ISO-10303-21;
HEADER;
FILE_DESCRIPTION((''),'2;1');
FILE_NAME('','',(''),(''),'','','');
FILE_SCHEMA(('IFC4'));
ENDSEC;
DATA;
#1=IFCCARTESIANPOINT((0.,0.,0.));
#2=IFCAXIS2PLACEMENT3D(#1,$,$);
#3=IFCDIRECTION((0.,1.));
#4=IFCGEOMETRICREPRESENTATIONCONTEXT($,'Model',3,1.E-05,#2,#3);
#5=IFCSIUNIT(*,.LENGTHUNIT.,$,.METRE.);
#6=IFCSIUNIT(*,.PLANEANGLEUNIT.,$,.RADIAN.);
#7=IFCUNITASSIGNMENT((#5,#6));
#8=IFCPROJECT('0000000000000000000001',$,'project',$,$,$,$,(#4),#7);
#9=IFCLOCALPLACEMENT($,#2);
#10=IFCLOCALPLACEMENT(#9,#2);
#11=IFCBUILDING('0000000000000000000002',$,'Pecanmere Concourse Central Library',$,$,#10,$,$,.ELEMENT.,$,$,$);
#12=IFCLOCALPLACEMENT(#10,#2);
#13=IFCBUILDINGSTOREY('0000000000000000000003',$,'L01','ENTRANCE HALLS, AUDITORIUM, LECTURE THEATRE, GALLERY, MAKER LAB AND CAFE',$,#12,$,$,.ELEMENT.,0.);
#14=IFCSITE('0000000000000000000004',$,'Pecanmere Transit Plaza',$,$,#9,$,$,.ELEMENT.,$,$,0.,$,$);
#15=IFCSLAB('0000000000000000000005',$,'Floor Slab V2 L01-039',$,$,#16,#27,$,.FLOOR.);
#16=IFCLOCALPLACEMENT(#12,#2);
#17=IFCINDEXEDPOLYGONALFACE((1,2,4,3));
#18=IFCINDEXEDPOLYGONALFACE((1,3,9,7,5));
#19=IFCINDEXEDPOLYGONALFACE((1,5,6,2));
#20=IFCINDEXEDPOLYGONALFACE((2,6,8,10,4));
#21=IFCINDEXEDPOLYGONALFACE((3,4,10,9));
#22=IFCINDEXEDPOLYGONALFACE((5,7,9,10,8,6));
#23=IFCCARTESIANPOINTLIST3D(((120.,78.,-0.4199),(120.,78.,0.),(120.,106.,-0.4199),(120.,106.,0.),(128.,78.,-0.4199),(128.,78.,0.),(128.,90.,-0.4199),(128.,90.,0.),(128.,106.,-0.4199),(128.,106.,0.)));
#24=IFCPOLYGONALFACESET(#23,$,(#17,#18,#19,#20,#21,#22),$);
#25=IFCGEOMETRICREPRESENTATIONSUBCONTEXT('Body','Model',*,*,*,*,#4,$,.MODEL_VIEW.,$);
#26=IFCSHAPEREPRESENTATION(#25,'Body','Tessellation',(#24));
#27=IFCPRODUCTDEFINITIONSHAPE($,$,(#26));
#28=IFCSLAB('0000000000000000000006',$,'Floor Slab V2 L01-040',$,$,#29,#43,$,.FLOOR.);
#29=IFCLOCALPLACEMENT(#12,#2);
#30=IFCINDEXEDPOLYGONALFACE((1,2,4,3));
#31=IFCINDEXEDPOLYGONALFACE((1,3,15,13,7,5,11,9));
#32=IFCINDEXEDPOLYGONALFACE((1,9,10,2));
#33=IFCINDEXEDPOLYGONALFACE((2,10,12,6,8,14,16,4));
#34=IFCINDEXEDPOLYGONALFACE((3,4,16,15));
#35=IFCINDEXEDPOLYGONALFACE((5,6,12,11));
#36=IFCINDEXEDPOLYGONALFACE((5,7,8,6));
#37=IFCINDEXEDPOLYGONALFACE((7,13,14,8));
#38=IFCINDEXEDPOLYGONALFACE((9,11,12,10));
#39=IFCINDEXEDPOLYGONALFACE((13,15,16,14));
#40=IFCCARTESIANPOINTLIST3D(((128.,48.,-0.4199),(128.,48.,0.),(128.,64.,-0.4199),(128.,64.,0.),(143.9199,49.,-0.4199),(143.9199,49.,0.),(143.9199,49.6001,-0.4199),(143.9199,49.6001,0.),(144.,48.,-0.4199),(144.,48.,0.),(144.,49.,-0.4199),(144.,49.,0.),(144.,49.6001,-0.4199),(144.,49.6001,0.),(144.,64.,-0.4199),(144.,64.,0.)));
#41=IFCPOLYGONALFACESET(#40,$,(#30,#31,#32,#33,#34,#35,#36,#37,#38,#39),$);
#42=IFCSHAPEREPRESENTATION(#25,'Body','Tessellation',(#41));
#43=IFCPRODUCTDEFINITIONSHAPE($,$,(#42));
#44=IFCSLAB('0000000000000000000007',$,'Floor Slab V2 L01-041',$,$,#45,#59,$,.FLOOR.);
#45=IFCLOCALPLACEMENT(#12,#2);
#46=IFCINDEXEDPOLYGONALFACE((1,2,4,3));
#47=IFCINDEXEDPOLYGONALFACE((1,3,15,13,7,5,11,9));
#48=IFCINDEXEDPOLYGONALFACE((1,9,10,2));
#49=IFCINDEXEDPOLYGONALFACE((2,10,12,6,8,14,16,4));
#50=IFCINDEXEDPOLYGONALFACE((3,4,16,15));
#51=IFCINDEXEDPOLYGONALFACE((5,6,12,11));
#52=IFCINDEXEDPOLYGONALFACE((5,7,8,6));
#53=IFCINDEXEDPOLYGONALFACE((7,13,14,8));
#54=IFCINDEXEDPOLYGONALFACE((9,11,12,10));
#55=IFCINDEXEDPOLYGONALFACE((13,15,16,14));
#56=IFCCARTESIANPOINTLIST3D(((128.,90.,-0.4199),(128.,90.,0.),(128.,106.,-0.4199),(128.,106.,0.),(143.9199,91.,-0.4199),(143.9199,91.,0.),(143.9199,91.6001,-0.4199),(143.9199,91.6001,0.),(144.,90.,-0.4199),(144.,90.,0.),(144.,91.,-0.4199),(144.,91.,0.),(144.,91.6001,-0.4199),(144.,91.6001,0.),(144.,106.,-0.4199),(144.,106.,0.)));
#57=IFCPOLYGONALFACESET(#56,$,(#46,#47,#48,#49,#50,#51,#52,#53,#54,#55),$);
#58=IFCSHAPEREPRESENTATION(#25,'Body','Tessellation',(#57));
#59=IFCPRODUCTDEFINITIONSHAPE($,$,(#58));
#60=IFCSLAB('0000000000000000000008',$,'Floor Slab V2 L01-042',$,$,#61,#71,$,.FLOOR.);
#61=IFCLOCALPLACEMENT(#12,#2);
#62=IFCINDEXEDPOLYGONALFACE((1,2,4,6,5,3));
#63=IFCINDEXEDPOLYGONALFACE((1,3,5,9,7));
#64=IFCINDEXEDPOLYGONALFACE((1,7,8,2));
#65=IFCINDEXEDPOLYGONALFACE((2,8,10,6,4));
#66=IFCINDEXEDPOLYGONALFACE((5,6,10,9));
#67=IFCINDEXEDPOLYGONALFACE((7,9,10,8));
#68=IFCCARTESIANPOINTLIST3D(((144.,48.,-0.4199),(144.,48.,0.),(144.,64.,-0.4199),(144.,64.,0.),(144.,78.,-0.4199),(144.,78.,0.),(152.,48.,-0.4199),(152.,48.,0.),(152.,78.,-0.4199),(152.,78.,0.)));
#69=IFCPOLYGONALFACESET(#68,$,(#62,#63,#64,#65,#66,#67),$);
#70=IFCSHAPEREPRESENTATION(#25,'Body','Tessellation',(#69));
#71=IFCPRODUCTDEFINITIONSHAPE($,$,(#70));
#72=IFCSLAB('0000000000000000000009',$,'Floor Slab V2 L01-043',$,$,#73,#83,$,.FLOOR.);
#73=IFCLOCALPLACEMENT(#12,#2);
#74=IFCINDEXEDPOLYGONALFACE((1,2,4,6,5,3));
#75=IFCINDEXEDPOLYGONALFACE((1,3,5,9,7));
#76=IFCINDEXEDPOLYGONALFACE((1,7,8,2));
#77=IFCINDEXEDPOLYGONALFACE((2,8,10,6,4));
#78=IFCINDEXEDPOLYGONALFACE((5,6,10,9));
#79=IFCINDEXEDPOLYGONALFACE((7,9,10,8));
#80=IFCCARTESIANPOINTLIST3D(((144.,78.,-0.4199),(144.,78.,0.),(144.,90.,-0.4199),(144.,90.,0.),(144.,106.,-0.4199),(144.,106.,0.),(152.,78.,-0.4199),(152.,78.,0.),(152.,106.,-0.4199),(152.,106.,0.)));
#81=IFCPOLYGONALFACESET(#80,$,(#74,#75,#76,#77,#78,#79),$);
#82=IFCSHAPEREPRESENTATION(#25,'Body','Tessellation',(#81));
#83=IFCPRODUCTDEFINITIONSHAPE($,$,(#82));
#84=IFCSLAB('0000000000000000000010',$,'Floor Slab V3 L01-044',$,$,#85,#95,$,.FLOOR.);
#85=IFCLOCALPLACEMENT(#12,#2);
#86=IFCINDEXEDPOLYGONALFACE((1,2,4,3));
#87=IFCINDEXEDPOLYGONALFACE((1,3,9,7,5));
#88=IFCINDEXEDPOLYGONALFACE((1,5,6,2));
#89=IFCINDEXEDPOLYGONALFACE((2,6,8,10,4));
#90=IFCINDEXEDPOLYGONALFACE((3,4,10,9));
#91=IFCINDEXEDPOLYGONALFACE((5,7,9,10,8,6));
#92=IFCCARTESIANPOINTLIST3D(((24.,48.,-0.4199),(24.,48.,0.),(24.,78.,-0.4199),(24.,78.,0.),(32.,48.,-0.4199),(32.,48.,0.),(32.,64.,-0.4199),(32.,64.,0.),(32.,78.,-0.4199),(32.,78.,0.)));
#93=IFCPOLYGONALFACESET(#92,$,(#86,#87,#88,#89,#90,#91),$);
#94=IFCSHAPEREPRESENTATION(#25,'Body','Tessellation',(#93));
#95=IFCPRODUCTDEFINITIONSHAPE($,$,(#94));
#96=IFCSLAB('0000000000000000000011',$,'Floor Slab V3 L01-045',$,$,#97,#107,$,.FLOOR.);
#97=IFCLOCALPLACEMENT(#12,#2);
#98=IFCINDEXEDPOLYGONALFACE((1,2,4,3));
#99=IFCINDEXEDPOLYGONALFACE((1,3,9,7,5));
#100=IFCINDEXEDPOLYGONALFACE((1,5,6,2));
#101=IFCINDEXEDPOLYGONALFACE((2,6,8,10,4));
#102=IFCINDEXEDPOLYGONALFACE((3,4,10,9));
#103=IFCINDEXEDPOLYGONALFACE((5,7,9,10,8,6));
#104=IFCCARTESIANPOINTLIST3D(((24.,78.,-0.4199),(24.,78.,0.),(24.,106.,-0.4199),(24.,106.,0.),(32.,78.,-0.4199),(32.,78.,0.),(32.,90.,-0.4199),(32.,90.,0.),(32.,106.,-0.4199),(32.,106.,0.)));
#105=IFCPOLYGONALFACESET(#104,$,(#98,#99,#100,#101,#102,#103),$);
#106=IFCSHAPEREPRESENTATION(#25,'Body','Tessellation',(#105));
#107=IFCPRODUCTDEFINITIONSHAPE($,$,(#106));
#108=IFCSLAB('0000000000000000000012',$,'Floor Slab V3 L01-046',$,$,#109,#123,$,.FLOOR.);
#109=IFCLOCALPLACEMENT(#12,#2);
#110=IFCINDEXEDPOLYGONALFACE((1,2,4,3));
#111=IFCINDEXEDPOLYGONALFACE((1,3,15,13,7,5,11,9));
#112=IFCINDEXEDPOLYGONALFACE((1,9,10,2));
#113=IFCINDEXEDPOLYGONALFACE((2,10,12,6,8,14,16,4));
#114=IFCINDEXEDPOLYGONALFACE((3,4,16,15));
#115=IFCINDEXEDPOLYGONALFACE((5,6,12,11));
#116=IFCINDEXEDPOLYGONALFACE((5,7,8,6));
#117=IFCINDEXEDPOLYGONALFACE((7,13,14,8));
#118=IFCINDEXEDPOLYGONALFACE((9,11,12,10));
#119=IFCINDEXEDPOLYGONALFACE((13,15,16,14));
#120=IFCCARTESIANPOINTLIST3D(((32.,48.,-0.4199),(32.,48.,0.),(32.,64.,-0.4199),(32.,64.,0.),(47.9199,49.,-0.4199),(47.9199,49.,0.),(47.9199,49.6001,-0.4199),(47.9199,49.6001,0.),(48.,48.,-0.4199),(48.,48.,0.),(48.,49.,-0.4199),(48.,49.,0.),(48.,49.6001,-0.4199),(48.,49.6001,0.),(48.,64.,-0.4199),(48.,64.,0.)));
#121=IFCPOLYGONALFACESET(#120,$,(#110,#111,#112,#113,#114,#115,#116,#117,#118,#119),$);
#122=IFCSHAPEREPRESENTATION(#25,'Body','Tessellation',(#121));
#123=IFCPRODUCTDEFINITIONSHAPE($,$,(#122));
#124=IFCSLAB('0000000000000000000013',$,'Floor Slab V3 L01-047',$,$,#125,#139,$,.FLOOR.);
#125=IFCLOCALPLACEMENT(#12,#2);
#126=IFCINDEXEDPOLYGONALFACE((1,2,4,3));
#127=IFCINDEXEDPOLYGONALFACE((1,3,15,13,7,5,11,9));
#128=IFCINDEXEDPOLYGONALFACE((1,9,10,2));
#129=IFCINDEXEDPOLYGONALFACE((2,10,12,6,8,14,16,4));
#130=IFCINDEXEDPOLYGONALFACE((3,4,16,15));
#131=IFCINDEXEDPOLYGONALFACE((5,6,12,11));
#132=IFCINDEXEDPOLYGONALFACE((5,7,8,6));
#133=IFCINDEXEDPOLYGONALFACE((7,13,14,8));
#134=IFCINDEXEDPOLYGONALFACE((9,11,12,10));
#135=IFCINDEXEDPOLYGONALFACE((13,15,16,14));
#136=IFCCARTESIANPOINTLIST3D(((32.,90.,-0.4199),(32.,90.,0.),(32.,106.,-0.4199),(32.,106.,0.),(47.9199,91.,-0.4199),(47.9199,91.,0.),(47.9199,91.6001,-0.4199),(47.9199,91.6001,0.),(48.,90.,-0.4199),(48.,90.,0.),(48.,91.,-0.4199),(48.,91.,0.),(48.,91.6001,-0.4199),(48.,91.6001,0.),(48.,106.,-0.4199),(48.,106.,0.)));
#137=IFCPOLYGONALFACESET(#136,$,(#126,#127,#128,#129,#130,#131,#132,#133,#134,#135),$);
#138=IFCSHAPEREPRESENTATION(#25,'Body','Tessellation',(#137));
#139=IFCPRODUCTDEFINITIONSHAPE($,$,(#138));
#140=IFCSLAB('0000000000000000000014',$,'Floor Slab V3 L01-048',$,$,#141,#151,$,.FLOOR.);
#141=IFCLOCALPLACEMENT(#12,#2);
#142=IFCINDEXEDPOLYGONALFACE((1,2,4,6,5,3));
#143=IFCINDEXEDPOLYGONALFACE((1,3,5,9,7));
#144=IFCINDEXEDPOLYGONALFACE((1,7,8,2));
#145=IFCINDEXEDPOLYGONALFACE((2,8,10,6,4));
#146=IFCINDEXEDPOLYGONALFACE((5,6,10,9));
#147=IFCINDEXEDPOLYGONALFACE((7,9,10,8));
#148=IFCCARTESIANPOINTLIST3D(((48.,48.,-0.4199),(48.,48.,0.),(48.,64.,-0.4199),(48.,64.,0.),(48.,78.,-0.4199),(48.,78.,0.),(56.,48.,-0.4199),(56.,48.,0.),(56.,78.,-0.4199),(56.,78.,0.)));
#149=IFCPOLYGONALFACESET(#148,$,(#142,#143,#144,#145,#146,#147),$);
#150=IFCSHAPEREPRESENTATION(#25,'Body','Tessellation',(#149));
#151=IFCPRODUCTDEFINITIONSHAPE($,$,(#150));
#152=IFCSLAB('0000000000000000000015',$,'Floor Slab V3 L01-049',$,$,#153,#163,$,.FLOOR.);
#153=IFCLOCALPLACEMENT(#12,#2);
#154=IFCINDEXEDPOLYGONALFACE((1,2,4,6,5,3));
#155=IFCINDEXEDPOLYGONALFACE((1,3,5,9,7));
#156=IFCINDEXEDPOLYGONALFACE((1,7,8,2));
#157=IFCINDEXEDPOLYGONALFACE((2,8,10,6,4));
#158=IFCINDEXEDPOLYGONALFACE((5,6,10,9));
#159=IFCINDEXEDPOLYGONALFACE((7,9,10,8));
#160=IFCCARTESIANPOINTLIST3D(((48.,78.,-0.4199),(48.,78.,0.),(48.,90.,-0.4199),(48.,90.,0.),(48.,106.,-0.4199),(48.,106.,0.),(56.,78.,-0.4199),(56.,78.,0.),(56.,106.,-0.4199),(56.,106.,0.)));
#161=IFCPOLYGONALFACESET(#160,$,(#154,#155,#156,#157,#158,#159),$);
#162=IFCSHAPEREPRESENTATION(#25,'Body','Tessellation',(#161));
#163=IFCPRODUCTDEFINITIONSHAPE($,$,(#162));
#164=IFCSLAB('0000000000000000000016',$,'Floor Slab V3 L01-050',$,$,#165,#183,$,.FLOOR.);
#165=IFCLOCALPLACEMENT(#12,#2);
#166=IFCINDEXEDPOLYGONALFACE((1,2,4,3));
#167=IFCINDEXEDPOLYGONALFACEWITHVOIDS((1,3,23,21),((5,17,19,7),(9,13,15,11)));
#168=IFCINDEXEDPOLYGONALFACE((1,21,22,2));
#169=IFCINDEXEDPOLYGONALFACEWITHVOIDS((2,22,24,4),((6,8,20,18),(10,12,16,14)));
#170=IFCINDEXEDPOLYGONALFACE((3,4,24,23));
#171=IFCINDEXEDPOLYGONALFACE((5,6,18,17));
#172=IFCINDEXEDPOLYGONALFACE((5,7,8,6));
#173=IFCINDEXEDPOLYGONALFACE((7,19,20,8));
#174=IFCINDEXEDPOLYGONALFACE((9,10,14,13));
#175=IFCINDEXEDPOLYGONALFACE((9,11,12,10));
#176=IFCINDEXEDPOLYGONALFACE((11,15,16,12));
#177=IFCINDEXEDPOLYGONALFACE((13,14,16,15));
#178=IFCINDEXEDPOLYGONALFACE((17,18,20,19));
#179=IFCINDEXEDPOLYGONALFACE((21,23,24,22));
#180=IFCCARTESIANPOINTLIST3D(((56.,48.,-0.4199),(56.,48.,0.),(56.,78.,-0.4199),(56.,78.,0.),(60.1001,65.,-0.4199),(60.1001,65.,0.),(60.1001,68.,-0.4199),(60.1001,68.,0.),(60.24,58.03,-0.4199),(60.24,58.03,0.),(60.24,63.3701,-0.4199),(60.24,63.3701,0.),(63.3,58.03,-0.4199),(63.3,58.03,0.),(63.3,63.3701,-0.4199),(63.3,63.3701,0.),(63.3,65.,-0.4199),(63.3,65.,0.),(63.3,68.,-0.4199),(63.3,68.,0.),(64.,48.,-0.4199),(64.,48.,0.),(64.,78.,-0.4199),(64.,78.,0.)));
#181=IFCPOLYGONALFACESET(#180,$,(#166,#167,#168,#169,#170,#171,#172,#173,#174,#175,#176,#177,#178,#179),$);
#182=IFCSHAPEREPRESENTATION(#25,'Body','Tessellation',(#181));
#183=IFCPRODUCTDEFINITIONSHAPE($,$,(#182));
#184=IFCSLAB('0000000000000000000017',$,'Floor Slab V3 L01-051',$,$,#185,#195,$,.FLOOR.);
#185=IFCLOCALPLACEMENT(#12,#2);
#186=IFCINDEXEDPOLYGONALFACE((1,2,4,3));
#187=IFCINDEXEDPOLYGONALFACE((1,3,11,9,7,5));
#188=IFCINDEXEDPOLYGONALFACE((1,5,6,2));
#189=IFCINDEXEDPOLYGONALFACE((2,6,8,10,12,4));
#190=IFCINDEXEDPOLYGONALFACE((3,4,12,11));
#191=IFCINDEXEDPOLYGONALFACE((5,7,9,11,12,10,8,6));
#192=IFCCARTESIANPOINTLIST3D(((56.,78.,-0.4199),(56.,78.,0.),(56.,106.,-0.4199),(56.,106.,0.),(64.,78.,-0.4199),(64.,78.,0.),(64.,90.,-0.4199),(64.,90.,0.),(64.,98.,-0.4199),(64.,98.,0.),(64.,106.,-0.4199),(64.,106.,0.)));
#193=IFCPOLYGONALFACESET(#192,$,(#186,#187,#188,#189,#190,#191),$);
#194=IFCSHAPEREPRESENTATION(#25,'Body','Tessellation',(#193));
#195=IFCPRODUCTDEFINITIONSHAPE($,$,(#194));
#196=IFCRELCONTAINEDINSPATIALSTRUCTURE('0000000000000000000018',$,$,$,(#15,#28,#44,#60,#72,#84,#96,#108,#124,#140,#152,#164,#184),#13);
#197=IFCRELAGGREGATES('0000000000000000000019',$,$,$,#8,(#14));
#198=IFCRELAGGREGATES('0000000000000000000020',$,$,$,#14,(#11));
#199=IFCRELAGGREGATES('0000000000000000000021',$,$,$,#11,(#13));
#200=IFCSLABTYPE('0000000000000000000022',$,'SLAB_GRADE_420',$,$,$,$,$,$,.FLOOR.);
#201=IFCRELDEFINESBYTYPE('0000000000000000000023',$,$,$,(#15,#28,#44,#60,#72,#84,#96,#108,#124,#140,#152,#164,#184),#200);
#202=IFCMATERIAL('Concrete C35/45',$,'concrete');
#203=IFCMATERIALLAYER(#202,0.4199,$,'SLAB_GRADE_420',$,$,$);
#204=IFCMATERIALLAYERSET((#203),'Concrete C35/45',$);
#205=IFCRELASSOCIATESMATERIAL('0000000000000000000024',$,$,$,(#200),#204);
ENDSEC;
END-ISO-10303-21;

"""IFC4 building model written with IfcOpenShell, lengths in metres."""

from ifc_helpers import new_model, si_unit, direction, frame, origin, place, context, subcontext, project, spatial, polyline, outline, extrude, material, layer, layer_set, type_object, element, save


model = new_model("IFC4")

# Units and contexts
model_context = context("Model", 3, precision=1e-05, world=origin(), true_north=direction((0.0, 1.0)))
body_context = subcontext(model_context, "Body", "Model", "MODEL_VIEW")
ifc_project = project(units=[si_unit("LENGTHUNIT", "METRE"), si_unit("PLANEANGLEUNIT", "RADIAN")], contexts=[model_context])

# Site, building, storey
site_placement = place(None, origin())
site = spatial("IfcSite", under=ifc_project, at=site_placement, Name="Pecanmere Transit Plaza", CompositionType="ELEMENT", RefElevation=0.0)
building_placement = place(site_placement, origin())
building = spatial("IfcBuilding", under=site, at=building_placement, Name="Pecanmere Concourse Central Library", CompositionType="ELEMENT")
storey_placement = place(building_placement, origin())
storey = spatial("IfcBuildingStorey", under=building, at=storey_placement, Name="L01", Description="ENTRANCE HALLS, AUDITORIUM, LECTURE THEATRE, GALLERY, MAKER LAB AND CAFE", CompositionType="ELEMENT", Elevation=0.0)

# Slabs
ifc_material_1 = material(Name="Concrete C35/45", Category="concrete")
ifc_layer = layer(ifc_material_1, 0.4199, Name="SLAB_GRADE_420")
ifc_layer_set = layer_set([ifc_layer], Name="Concrete C35/45")
slab_type = type_object("IfcSlabType", Name="SLAB_GRADE_420", PredefinedType="FLOOR", material=ifc_layer_set)
slab_1_placement = place(storey_placement, frame((0.0, 0.0, -0.4199)))
element("IfcSlab", 1, at=slab_1_placement, inside=storey, type_object=slab_type, Name="Floor Slab V2 L01-039", PredefinedType="FLOOR", context=body_context, shape_type="SweptSolid", body=[
    extrude(outline(polyline([(128.0, 78.0), (120.0, 78.0), (120.0, 106.0), (128.0, 106.0), (128.0, 90.0), (128.0, 78.0)])), origin(), (0.0, 0.0, 1.0), 0.4199),
])
slab_2_placement = place(storey_placement, frame((0.0, 0.0, -0.4199)))
element("IfcSlab", 2, at=slab_2_placement, inside=storey, type_object=slab_type, Name="Floor Slab V2 L01-040", PredefinedType="FLOOR", context=body_context, shape_type="SweptSolid", body=[
    extrude(outline(polyline([(128.0, 48.0), (128.0, 64.0), (144.0, 64.0), (144.0, 49.6001), (143.9199, 49.6001), (143.9199, 49.0), (144.0, 49.0), (144.0, 48.0), (128.0, 48.0)])), origin(), (0.0, 0.0, 1.0), 0.4199),
])
slab_3_placement = place(storey_placement, frame((0.0, 0.0, -0.4199)))
element("IfcSlab", 3, at=slab_3_placement, inside=storey, type_object=slab_type, Name="Floor Slab V2 L01-041", PredefinedType="FLOOR", context=body_context, shape_type="SweptSolid", body=[
    extrude(outline(polyline([(144.0, 106.0), (144.0, 91.6001), (143.9199, 91.6001), (143.9199, 91.0), (144.0, 91.0), (144.0, 90.0), (128.0, 90.0), (128.0, 106.0), (144.0, 106.0)])), origin(), (0.0, 0.0, 1.0), 0.4199),
])
slab_4_placement = place(storey_placement, frame((0.0, 0.0, -0.4199)))
element("IfcSlab", 4, at=slab_4_placement, inside=storey, type_object=slab_type, Name="Floor Slab V2 L01-042", PredefinedType="FLOOR", context=body_context, shape_type="SweptSolid", body=[
    extrude(outline(polyline([(144.0, 48.0), (144.0, 64.0), (144.0, 78.0), (152.0, 78.0), (152.0, 48.0), (144.0, 48.0)])), origin(), (0.0, 0.0, 1.0), 0.4199),
])
slab_5_placement = place(storey_placement, frame((0.0, 0.0, -0.4199)))
element("IfcSlab", 5, at=slab_5_placement, inside=storey, type_object=slab_type, Name="Floor Slab V2 L01-043", PredefinedType="FLOOR", context=body_context, shape_type="SweptSolid", body=[
    extrude(outline(polyline([(144.0, 78.0), (144.0, 90.0), (144.0, 106.0), (152.0, 106.0), (152.0, 78.0), (144.0, 78.0)])), origin(), (0.0, 0.0, 1.0), 0.4199),
])
slab_6_placement = place(storey_placement, frame((0.0, 0.0, -0.4199)))
element("IfcSlab", 6, at=slab_6_placement, inside=storey, type_object=slab_type, Name="Floor Slab V3 L01-044", PredefinedType="FLOOR", context=body_context, shape_type="SweptSolid", body=[
    extrude(outline(polyline([(32.0, 48.0), (24.0, 48.0), (24.0, 78.0), (32.0, 78.0), (32.0, 64.0), (32.0, 48.0)])), origin(), (0.0, 0.0, 1.0), 0.4199),
])
slab_7_placement = place(storey_placement, frame((0.0, 0.0, -0.4199)))
element("IfcSlab", 7, at=slab_7_placement, inside=storey, type_object=slab_type, Name="Floor Slab V3 L01-045", PredefinedType="FLOOR", context=body_context, shape_type="SweptSolid", body=[
    extrude(outline(polyline([(32.0, 90.0), (32.0, 78.0), (24.0, 78.0), (24.0, 106.0), (32.0, 106.0), (32.0, 90.0)])), origin(), (0.0, 0.0, 1.0), 0.4199),
])
slab_8_placement = place(storey_placement, frame((0.0, 0.0, -0.4199)))
element("IfcSlab", 8, at=slab_8_placement, inside=storey, type_object=slab_type, Name="Floor Slab V3 L01-046", PredefinedType="FLOOR", context=body_context, shape_type="SweptSolid", body=[
    extrude(outline(polyline([(32.0, 48.0), (32.0, 64.0), (48.0, 64.0), (48.0, 49.6001), (47.9199, 49.6001), (47.9199, 49.0), (48.0, 49.0), (48.0, 48.0), (32.0, 48.0)])), origin(), (0.0, 0.0, 1.0), 0.4199),
])
slab_9_placement = place(storey_placement, frame((0.0, 0.0, -0.4199)))
element("IfcSlab", 9, at=slab_9_placement, inside=storey, type_object=slab_type, Name="Floor Slab V3 L01-047", PredefinedType="FLOOR", context=body_context, shape_type="SweptSolid", body=[
    extrude(outline(polyline([(48.0, 106.0), (48.0, 91.6001), (47.9199, 91.6001), (47.9199, 91.0), (48.0, 91.0), (48.0, 90.0), (32.0, 90.0), (32.0, 106.0), (48.0, 106.0)])), origin(), (0.0, 0.0, 1.0), 0.4199),
])
slab_10_placement = place(storey_placement, frame((0.0, 0.0, -0.4199)))
element("IfcSlab", 10, at=slab_10_placement, inside=storey, type_object=slab_type, Name="Floor Slab V3 L01-048", PredefinedType="FLOOR", context=body_context, shape_type="SweptSolid", body=[
    extrude(outline(polyline([(48.0, 48.0), (48.0, 64.0), (48.0, 78.0), (56.0, 78.0), (56.0, 48.0), (48.0, 48.0)])), origin(), (0.0, 0.0, 1.0), 0.4199),
])
slab_11_placement = place(storey_placement, frame((0.0, 0.0, -0.4199)))
element("IfcSlab", 11, at=slab_11_placement, inside=storey, type_object=slab_type, Name="Floor Slab V3 L01-049", PredefinedType="FLOOR", context=body_context, shape_type="SweptSolid", body=[
    extrude(outline(polyline([(48.0, 78.0), (48.0, 90.0), (48.0, 106.0), (56.0, 106.0), (56.0, 78.0), (48.0, 78.0)])), origin(), (0.0, 0.0, 1.0), 0.4199),
])
slab_12_placement = place(storey_placement, frame((0.0, 0.0, -0.4199)))
element("IfcSlab", 12, at=slab_12_placement, inside=storey, type_object=slab_type, Name="Floor Slab V3 L01-050", PredefinedType="FLOOR", context=body_context, shape_type="SweptSolid", body=[
    extrude(outline(polyline([(56.0, 48.0), (56.0, 78.0), (64.0, 78.0), (64.0, 48.0), (56.0, 48.0)]), holes=[polyline([(63.3, 63.3701), (60.24, 63.3701), (60.24, 58.03), (63.3, 58.03), (63.3, 63.3701)]), polyline([(63.3, 68.0), (60.1001, 68.0), (60.1001, 65.0), (63.3, 65.0), (63.3, 68.0)])]), origin(), (0.0, 0.0, 1.0), 0.4199),
])
slab_13_placement = place(storey_placement, frame((0.0, 0.0, -0.4199)))
element("IfcSlab", 13, at=slab_13_placement, inside=storey, type_object=slab_type, Name="Floor Slab V3 L01-051", PredefinedType="FLOOR", context=body_context, shape_type="SweptSolid", body=[
    extrude(outline(polyline([(64.0, 90.0), (64.0, 78.0), (56.0, 78.0), (56.0, 106.0), (64.0, 106.0), (64.0, 98.0), (64.0, 90.0)])), origin(), (0.0, 0.0, 1.0), 0.4199),
])

save(model, "model.ifc")
